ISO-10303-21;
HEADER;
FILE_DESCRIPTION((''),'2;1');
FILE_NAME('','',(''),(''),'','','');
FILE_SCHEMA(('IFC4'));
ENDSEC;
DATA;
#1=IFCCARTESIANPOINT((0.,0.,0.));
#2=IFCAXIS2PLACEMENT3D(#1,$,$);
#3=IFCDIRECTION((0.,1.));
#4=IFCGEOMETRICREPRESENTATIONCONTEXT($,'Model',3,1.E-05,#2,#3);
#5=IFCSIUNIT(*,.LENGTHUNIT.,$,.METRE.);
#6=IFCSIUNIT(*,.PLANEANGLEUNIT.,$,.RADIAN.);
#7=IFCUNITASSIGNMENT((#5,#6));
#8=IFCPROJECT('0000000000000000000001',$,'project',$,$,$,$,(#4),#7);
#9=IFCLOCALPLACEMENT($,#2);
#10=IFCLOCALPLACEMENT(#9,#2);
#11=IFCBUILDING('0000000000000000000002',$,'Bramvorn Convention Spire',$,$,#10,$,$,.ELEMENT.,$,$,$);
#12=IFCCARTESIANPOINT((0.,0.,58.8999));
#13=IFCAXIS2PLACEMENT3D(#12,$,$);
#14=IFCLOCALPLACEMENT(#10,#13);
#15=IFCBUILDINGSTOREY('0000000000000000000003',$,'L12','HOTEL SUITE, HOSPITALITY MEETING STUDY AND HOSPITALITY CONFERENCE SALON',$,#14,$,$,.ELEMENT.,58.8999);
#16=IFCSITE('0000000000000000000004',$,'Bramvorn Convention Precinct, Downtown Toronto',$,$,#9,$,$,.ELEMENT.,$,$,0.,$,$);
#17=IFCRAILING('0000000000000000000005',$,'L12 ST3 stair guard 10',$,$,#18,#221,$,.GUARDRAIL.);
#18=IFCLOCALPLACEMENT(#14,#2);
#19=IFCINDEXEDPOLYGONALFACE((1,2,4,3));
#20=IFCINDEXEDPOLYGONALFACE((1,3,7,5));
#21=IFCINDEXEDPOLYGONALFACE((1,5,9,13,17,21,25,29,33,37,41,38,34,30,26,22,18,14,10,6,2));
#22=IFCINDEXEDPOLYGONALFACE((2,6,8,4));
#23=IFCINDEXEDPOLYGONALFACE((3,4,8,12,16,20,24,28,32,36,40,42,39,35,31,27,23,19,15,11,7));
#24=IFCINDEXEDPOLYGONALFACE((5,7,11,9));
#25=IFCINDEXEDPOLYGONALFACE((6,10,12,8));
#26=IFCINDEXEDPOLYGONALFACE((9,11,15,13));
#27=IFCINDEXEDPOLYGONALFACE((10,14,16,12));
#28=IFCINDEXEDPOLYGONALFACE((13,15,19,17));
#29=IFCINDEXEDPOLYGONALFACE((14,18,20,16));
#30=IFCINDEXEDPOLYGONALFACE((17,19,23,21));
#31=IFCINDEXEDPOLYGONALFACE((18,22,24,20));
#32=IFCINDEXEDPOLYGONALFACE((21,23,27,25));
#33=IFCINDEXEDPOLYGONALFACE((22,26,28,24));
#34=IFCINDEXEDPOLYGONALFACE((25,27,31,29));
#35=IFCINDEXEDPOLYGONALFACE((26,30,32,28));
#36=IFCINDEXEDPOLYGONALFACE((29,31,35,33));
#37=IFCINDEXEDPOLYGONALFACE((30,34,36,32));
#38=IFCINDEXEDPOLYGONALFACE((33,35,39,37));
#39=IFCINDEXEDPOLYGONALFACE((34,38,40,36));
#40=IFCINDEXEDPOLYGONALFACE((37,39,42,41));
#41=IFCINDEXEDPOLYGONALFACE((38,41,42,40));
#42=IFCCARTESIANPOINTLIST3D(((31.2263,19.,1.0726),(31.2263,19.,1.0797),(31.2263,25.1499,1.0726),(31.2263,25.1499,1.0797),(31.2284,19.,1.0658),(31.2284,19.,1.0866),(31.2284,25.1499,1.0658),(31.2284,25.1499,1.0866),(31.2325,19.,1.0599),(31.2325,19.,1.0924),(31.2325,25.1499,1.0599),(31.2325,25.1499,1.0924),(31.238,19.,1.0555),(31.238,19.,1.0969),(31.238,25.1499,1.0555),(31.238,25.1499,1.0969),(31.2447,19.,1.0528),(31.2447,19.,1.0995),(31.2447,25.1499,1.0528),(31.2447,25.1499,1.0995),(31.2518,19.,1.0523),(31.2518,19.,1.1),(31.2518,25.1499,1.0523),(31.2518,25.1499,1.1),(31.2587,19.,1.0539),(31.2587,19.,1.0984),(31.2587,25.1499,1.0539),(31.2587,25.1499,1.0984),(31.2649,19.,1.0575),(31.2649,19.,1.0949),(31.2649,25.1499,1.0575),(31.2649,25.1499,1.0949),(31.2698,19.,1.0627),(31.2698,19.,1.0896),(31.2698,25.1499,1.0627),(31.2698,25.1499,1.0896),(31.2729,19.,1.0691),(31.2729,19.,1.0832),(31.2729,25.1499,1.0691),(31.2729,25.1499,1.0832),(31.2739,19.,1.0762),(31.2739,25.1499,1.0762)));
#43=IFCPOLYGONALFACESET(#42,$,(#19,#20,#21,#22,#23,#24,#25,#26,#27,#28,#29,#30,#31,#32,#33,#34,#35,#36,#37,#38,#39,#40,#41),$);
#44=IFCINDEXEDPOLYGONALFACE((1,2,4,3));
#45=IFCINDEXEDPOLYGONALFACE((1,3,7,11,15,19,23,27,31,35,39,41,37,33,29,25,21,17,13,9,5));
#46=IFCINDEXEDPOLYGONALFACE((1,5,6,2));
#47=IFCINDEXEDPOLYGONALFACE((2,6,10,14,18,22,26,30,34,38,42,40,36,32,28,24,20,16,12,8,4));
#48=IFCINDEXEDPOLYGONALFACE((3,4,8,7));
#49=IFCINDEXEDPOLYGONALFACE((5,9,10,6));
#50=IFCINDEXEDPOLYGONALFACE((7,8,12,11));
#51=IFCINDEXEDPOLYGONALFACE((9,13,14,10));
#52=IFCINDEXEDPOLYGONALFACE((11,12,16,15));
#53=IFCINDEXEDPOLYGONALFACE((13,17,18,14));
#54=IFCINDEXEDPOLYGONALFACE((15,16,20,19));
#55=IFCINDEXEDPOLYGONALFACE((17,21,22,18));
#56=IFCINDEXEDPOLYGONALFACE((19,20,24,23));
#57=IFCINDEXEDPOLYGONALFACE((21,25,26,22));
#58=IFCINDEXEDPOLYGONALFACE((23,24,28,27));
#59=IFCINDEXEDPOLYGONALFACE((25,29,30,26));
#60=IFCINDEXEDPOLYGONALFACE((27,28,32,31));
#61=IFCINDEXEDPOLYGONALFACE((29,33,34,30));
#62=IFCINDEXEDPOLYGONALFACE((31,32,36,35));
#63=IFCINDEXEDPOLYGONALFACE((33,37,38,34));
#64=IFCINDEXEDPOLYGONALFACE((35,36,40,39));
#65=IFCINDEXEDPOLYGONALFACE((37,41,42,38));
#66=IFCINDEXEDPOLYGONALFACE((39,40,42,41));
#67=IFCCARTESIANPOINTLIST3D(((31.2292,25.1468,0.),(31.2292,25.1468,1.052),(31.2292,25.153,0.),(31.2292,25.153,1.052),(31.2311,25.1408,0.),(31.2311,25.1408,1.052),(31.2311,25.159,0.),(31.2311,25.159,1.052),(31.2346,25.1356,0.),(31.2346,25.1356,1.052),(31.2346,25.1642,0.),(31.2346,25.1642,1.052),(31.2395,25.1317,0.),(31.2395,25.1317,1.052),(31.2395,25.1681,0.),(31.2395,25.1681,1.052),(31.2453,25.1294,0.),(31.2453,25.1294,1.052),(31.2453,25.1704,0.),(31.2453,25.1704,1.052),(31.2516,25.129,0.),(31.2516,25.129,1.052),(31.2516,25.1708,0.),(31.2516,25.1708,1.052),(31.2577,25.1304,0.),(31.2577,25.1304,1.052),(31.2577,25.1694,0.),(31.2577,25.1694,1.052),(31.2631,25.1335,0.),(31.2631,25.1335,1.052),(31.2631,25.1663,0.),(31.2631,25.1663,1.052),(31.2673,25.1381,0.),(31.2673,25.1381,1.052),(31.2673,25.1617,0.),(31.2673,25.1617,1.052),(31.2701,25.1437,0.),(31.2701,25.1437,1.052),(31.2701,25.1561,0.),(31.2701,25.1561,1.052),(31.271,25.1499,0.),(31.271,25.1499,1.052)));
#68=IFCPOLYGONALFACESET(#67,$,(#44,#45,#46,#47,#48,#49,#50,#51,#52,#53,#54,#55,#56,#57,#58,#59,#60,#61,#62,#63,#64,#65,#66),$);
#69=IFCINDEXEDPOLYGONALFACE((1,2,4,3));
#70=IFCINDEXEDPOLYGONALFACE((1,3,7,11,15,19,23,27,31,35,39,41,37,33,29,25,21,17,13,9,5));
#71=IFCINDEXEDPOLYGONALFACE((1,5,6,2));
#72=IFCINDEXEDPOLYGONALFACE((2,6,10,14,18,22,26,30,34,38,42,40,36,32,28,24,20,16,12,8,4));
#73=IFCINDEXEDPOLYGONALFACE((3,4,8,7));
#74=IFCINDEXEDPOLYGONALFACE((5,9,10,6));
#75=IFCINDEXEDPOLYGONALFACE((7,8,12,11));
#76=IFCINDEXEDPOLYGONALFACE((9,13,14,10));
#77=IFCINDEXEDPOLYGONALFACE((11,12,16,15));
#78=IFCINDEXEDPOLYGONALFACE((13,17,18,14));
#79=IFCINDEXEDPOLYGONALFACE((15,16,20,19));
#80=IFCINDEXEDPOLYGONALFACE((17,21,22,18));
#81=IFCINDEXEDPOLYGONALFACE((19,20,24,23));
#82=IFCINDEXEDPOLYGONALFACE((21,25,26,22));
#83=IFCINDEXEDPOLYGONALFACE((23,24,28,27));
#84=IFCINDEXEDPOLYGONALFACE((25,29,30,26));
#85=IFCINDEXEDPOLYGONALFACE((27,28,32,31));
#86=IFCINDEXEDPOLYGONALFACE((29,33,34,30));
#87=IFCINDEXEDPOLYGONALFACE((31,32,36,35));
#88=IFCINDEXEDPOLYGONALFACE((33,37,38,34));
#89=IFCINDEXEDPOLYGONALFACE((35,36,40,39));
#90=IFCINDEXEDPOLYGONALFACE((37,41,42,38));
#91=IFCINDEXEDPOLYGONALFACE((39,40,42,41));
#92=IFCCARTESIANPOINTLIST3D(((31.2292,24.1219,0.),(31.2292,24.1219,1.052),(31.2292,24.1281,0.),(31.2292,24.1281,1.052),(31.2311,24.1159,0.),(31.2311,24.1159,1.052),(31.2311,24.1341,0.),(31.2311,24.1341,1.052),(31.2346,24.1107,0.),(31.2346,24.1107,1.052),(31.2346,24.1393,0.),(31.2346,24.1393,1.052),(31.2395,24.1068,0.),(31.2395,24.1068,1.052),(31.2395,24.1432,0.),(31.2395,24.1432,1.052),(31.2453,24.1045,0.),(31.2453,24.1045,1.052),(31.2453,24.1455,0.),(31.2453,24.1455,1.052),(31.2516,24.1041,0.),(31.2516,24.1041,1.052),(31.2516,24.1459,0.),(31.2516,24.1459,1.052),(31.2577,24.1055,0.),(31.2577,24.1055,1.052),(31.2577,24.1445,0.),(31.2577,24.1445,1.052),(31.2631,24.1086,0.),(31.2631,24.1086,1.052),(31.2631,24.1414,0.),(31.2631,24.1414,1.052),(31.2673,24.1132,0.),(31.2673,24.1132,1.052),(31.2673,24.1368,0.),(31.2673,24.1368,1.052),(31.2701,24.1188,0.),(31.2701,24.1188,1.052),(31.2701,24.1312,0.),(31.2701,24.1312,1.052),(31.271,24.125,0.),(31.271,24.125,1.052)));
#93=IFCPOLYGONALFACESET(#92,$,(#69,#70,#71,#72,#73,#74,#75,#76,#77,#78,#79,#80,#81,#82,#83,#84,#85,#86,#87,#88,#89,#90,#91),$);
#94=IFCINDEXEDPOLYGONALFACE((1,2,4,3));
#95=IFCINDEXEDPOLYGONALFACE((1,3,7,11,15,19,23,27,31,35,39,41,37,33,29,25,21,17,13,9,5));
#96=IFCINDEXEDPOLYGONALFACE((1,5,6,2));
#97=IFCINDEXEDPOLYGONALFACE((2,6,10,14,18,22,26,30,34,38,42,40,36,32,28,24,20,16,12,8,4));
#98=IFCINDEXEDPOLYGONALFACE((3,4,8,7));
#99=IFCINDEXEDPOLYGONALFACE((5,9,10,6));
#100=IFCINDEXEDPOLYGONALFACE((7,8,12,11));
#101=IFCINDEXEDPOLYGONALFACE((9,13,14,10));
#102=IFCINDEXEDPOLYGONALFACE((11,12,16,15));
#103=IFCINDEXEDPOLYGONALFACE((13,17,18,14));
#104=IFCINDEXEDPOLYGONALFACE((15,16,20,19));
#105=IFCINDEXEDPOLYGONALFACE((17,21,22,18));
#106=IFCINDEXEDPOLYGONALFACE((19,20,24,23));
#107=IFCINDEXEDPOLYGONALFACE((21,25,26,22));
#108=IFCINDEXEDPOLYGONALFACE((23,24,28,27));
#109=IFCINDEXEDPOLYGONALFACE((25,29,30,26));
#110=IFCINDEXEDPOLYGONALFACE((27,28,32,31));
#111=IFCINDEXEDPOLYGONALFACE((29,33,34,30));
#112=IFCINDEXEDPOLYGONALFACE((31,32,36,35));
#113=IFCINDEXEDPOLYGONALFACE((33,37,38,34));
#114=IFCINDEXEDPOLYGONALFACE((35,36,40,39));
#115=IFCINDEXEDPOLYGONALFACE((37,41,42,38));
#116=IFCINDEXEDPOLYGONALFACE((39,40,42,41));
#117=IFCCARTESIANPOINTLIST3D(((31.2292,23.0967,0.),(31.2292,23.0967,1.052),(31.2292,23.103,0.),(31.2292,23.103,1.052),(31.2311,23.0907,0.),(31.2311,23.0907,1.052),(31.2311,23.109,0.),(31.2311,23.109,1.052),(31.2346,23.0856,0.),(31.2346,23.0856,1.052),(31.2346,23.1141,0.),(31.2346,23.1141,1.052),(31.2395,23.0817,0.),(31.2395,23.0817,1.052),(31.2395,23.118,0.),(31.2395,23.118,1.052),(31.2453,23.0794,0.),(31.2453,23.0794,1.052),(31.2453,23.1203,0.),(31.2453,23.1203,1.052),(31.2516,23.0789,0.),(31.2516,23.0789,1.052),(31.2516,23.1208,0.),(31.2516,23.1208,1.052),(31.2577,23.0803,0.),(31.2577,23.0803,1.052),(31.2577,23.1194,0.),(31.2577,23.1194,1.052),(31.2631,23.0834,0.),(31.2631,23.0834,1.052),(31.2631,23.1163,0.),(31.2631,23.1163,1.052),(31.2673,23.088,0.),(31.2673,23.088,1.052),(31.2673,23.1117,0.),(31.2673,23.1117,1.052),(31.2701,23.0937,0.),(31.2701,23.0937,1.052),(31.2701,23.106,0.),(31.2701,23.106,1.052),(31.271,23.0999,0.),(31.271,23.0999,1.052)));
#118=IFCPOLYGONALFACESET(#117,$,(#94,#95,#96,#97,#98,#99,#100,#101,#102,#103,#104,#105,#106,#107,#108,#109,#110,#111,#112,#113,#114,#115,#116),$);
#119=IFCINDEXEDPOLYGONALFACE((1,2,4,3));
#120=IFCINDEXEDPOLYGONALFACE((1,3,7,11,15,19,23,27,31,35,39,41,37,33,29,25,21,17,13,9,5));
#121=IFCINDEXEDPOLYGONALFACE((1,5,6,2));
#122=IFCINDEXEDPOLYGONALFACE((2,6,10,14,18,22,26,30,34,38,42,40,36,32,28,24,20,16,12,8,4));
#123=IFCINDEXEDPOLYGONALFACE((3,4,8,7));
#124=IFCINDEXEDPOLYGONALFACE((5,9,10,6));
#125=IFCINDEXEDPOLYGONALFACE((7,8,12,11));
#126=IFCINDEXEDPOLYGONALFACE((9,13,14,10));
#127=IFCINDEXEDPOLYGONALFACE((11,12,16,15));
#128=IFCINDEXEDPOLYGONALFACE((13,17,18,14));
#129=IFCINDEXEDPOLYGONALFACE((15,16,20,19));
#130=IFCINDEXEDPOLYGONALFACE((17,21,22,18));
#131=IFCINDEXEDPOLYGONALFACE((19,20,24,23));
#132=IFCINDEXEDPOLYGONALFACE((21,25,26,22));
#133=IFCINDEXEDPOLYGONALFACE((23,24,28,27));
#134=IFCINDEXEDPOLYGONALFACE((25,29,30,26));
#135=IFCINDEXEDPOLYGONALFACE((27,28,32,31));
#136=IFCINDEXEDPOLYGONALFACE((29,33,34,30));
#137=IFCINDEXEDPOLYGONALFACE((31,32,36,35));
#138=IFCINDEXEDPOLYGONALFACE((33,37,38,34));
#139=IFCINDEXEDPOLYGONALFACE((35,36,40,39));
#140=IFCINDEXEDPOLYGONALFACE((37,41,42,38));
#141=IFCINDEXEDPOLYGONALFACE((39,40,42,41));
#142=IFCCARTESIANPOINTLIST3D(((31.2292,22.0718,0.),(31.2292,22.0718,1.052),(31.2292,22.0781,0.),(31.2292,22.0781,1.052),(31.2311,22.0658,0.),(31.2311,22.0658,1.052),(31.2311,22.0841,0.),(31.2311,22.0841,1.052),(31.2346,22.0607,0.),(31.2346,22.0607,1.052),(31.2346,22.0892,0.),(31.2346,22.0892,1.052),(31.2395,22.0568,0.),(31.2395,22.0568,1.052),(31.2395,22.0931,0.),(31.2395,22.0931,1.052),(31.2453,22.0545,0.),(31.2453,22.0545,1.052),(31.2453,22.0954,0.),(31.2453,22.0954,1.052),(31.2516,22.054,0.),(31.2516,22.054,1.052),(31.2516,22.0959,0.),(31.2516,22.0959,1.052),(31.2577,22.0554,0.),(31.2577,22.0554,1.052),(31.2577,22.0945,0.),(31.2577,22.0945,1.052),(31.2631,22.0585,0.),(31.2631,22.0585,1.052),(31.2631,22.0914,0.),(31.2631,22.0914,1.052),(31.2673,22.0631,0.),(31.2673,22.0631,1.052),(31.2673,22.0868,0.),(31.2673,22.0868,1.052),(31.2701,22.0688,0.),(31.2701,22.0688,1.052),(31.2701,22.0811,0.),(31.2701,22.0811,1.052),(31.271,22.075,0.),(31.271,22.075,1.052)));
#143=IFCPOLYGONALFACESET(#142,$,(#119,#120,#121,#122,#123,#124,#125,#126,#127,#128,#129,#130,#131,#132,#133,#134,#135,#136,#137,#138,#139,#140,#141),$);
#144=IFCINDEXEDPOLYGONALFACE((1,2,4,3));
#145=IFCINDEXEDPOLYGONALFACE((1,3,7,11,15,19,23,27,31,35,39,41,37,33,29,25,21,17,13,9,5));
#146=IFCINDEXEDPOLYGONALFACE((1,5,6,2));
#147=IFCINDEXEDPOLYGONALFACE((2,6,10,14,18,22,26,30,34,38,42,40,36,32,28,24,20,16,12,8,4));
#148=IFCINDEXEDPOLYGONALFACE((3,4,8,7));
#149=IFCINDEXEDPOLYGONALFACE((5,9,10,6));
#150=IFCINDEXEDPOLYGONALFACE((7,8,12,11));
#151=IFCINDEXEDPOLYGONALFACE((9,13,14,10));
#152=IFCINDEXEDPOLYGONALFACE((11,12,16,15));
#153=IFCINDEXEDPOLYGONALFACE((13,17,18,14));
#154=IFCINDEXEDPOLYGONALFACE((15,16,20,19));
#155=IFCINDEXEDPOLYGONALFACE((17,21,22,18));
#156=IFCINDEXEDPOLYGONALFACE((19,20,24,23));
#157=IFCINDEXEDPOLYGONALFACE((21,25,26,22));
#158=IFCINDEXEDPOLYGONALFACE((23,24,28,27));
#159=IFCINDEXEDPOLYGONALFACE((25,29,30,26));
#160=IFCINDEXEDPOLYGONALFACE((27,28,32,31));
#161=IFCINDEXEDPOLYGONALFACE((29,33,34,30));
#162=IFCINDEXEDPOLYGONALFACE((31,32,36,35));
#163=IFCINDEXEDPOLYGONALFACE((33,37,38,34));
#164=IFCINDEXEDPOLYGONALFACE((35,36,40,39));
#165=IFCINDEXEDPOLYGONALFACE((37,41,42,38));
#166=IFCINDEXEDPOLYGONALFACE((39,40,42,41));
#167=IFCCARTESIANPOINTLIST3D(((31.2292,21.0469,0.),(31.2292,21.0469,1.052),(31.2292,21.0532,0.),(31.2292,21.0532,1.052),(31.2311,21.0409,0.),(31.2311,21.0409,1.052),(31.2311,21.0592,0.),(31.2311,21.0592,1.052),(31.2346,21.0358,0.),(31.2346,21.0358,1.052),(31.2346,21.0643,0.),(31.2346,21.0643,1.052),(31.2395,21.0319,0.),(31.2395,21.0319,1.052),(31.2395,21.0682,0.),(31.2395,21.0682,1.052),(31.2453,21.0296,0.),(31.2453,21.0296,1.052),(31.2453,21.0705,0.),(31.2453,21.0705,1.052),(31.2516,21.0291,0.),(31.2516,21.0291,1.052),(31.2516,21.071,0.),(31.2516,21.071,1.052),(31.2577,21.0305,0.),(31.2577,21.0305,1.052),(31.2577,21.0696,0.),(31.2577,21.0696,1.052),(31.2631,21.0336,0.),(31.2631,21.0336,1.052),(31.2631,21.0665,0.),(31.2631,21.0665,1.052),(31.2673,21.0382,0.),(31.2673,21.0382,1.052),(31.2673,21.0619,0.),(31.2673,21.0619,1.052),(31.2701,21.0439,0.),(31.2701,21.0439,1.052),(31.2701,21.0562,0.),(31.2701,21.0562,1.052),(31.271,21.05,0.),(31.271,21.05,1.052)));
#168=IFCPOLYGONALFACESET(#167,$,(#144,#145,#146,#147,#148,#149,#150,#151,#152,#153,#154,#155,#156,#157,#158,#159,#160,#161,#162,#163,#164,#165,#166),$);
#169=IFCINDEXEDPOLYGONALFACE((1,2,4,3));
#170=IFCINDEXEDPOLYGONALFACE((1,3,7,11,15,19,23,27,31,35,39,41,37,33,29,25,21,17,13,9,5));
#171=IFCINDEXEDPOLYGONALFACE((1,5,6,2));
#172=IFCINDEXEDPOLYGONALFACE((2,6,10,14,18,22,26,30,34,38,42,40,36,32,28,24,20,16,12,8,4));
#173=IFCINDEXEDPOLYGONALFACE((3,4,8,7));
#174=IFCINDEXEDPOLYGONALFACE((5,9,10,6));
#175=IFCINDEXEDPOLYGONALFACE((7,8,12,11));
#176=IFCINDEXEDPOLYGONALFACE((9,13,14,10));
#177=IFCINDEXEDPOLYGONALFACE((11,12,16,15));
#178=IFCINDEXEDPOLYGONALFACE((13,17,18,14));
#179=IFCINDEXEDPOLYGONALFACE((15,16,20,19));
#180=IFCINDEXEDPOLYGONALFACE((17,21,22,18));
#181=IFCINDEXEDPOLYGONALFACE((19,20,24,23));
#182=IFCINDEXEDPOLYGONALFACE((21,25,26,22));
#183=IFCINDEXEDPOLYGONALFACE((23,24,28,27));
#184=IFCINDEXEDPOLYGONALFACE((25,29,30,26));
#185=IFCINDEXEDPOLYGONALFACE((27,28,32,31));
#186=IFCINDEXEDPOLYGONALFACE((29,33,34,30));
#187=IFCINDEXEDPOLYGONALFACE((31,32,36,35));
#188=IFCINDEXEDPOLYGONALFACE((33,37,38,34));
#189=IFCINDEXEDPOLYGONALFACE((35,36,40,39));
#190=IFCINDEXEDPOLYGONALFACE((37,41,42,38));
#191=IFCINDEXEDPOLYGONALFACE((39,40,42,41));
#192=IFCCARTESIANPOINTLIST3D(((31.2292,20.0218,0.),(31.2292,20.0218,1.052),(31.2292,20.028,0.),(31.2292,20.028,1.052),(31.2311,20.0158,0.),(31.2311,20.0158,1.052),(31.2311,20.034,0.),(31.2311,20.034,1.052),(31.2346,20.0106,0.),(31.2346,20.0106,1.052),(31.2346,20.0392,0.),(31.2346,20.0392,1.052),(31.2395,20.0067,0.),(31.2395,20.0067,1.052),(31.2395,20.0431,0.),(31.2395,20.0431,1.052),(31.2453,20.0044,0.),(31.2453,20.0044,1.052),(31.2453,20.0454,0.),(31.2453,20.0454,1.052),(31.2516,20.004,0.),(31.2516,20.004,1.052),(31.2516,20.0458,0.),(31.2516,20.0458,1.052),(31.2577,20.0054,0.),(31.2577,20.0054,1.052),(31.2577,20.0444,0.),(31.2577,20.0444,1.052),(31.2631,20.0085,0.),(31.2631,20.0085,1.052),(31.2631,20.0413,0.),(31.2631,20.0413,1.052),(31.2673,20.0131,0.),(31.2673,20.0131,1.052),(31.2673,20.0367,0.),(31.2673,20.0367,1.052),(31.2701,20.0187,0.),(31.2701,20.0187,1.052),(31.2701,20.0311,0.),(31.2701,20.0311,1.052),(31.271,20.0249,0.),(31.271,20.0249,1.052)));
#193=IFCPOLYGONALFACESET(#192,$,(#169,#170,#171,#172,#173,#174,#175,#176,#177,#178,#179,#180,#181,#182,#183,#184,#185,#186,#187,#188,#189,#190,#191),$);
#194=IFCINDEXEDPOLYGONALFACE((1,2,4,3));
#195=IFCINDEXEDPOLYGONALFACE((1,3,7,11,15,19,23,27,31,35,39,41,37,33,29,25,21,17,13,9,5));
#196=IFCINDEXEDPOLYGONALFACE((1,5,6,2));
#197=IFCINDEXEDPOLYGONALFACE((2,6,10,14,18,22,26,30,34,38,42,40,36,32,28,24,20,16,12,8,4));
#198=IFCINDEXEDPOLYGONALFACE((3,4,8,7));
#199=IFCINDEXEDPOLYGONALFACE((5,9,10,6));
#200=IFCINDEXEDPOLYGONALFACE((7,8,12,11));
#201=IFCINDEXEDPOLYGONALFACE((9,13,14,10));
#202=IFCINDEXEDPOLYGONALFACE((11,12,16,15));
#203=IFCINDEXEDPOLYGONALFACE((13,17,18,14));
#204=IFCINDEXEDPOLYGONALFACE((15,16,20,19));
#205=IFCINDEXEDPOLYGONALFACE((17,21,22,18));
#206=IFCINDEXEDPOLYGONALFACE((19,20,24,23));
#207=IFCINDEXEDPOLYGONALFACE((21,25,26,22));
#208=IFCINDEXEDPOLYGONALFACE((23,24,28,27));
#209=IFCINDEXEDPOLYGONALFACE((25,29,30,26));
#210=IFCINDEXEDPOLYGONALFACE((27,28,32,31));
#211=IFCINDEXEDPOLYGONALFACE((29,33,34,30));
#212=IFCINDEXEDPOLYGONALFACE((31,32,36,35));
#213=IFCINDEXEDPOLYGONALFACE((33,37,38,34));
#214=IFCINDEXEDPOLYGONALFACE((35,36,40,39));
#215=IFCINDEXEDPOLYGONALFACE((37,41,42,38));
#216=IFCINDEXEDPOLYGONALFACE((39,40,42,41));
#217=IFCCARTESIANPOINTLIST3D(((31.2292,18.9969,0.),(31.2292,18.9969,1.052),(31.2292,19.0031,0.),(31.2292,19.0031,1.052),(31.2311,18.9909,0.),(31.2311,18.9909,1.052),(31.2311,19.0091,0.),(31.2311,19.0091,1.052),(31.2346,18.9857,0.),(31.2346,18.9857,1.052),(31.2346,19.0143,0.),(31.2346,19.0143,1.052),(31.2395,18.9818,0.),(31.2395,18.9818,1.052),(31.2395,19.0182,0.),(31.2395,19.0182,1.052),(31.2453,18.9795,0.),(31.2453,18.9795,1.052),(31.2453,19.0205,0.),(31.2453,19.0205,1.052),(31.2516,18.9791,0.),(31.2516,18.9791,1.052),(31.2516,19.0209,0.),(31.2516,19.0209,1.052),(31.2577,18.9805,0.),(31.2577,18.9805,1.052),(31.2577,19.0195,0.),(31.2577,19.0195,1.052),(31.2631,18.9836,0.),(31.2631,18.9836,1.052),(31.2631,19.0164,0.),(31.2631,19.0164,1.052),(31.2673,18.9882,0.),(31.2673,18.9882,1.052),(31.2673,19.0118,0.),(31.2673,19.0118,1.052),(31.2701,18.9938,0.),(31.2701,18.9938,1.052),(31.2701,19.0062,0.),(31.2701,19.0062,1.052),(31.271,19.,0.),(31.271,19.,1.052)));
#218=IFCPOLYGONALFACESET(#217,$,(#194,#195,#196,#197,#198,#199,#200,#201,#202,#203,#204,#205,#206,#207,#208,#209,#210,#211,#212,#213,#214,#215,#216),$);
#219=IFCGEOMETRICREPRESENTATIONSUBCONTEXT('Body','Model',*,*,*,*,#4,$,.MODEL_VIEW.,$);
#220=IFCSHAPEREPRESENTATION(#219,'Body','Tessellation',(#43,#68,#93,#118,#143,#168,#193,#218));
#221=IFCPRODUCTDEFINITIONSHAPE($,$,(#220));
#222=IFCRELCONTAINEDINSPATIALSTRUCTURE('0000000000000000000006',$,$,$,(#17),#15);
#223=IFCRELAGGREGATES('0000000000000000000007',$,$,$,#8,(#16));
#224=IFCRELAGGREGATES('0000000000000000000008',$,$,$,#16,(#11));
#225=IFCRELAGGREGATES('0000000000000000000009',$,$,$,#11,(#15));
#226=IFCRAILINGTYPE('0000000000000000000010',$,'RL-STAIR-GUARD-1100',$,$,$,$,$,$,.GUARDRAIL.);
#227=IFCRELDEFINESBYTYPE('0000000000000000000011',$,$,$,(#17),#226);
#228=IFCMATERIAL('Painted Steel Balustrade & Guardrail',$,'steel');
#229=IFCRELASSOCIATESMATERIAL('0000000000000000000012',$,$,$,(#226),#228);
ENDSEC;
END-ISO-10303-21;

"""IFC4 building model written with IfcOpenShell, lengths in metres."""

from ifc_helpers import new_model, si_unit, direction, frame, origin, origin_2d, place, context, subcontext, project, spatial, circle, extrude, material, type_object, element, save


model = new_model("IFC4")

# Units and contexts
model_context = context("Model", 3, precision=1e-05, world=origin(), true_north=direction((0.0, 1.0)))
body_context = subcontext(model_context, "Body", "Model", "MODEL_VIEW")
ifc_project = project(units=[si_unit("LENGTHUNIT", "METRE"), si_unit("PLANEANGLEUNIT", "RADIAN")], contexts=[model_context])

# Site, building, storey
site_placement = place(None, origin())
site = spatial("IfcSite", under=ifc_project, at=site_placement, Name="Bramvorn Convention Precinct, Downtown Toronto", CompositionType="ELEMENT", RefElevation=0.0)
building_placement = place(site_placement, origin())
building = spatial("IfcBuilding", under=site, at=building_placement, Name="Bramvorn Convention Spire", CompositionType="ELEMENT")
storey_placement = place(building_placement, frame((0.0, 0.0, 58.8999)))
storey = spatial("IfcBuildingStorey", under=building, at=storey_placement, Name="L12", Description="HOTEL SUITE, HOSPITALITY MEETING STUDY AND HOSPITALITY CONFERENCE SALON", CompositionType="ELEMENT", Elevation=58.8999)

# Railing
ifc_material_1 = material(Name="Painted Steel Balustrade & Guardrail", Category="steel")
railing_type_1 = type_object("IfcRailingType", Name="RL-STAIR-GUARD-1100", PredefinedType="GUARDRAIL", material=ifc_material_1)
railing_1_placement = place(storey_placement, frame((31.25, 25.1499, 0.0)))
element("IfcRailing", 1, at=railing_1_placement, inside=storey, type_object=railing_type_1, Name="L12 ST3 stair guard 10", PredefinedType="GUARDRAIL", context=body_context, shape_type="SweptSolid", body=[
    extrude(circle(Radius=0.0239, at=origin_2d()), frame((0.0, 0.0, 1.0762), z_axis=(0.0, -1.0, 0.0), x_axis=(1.0, 0.0, 0.0)), (0.0, 0.0, 1.0), 6.1499),
    extrude(circle(Radius=0.021, at=origin_2d()), origin(), (0.0, 0.0, 1.0), 1.052),
    extrude(circle(Radius=0.021, at=origin_2d()), frame((0.0, -1.0249, 0.0)), (0.0, 0.0, 1.0), 1.052),
    extrude(circle(Radius=0.021, at=origin_2d()), frame((0.0, -2.05, 0.0)), (0.0, 0.0, 1.0), 1.052),
    extrude(circle(Radius=0.021, at=origin_2d()), frame((0.0, -3.075, 0.0)), (0.0, 0.0, 1.0), 1.052),
    extrude(circle(Radius=0.021, at=origin_2d()), frame((0.0, -4.0999, 0.0)), (0.0, 0.0, 1.0), 1.052),
    extrude(circle(Radius=0.021, at=origin_2d()), frame((0.0, -5.125, 0.0)), (0.0, 0.0, 1.0), 1.052),
    extrude(circle(Radius=0.021, at=origin_2d()), frame((0.0, -6.1499, 0.0)), (0.0, 0.0, 1.0), 1.052),
])

save(model, "model.ifc")
